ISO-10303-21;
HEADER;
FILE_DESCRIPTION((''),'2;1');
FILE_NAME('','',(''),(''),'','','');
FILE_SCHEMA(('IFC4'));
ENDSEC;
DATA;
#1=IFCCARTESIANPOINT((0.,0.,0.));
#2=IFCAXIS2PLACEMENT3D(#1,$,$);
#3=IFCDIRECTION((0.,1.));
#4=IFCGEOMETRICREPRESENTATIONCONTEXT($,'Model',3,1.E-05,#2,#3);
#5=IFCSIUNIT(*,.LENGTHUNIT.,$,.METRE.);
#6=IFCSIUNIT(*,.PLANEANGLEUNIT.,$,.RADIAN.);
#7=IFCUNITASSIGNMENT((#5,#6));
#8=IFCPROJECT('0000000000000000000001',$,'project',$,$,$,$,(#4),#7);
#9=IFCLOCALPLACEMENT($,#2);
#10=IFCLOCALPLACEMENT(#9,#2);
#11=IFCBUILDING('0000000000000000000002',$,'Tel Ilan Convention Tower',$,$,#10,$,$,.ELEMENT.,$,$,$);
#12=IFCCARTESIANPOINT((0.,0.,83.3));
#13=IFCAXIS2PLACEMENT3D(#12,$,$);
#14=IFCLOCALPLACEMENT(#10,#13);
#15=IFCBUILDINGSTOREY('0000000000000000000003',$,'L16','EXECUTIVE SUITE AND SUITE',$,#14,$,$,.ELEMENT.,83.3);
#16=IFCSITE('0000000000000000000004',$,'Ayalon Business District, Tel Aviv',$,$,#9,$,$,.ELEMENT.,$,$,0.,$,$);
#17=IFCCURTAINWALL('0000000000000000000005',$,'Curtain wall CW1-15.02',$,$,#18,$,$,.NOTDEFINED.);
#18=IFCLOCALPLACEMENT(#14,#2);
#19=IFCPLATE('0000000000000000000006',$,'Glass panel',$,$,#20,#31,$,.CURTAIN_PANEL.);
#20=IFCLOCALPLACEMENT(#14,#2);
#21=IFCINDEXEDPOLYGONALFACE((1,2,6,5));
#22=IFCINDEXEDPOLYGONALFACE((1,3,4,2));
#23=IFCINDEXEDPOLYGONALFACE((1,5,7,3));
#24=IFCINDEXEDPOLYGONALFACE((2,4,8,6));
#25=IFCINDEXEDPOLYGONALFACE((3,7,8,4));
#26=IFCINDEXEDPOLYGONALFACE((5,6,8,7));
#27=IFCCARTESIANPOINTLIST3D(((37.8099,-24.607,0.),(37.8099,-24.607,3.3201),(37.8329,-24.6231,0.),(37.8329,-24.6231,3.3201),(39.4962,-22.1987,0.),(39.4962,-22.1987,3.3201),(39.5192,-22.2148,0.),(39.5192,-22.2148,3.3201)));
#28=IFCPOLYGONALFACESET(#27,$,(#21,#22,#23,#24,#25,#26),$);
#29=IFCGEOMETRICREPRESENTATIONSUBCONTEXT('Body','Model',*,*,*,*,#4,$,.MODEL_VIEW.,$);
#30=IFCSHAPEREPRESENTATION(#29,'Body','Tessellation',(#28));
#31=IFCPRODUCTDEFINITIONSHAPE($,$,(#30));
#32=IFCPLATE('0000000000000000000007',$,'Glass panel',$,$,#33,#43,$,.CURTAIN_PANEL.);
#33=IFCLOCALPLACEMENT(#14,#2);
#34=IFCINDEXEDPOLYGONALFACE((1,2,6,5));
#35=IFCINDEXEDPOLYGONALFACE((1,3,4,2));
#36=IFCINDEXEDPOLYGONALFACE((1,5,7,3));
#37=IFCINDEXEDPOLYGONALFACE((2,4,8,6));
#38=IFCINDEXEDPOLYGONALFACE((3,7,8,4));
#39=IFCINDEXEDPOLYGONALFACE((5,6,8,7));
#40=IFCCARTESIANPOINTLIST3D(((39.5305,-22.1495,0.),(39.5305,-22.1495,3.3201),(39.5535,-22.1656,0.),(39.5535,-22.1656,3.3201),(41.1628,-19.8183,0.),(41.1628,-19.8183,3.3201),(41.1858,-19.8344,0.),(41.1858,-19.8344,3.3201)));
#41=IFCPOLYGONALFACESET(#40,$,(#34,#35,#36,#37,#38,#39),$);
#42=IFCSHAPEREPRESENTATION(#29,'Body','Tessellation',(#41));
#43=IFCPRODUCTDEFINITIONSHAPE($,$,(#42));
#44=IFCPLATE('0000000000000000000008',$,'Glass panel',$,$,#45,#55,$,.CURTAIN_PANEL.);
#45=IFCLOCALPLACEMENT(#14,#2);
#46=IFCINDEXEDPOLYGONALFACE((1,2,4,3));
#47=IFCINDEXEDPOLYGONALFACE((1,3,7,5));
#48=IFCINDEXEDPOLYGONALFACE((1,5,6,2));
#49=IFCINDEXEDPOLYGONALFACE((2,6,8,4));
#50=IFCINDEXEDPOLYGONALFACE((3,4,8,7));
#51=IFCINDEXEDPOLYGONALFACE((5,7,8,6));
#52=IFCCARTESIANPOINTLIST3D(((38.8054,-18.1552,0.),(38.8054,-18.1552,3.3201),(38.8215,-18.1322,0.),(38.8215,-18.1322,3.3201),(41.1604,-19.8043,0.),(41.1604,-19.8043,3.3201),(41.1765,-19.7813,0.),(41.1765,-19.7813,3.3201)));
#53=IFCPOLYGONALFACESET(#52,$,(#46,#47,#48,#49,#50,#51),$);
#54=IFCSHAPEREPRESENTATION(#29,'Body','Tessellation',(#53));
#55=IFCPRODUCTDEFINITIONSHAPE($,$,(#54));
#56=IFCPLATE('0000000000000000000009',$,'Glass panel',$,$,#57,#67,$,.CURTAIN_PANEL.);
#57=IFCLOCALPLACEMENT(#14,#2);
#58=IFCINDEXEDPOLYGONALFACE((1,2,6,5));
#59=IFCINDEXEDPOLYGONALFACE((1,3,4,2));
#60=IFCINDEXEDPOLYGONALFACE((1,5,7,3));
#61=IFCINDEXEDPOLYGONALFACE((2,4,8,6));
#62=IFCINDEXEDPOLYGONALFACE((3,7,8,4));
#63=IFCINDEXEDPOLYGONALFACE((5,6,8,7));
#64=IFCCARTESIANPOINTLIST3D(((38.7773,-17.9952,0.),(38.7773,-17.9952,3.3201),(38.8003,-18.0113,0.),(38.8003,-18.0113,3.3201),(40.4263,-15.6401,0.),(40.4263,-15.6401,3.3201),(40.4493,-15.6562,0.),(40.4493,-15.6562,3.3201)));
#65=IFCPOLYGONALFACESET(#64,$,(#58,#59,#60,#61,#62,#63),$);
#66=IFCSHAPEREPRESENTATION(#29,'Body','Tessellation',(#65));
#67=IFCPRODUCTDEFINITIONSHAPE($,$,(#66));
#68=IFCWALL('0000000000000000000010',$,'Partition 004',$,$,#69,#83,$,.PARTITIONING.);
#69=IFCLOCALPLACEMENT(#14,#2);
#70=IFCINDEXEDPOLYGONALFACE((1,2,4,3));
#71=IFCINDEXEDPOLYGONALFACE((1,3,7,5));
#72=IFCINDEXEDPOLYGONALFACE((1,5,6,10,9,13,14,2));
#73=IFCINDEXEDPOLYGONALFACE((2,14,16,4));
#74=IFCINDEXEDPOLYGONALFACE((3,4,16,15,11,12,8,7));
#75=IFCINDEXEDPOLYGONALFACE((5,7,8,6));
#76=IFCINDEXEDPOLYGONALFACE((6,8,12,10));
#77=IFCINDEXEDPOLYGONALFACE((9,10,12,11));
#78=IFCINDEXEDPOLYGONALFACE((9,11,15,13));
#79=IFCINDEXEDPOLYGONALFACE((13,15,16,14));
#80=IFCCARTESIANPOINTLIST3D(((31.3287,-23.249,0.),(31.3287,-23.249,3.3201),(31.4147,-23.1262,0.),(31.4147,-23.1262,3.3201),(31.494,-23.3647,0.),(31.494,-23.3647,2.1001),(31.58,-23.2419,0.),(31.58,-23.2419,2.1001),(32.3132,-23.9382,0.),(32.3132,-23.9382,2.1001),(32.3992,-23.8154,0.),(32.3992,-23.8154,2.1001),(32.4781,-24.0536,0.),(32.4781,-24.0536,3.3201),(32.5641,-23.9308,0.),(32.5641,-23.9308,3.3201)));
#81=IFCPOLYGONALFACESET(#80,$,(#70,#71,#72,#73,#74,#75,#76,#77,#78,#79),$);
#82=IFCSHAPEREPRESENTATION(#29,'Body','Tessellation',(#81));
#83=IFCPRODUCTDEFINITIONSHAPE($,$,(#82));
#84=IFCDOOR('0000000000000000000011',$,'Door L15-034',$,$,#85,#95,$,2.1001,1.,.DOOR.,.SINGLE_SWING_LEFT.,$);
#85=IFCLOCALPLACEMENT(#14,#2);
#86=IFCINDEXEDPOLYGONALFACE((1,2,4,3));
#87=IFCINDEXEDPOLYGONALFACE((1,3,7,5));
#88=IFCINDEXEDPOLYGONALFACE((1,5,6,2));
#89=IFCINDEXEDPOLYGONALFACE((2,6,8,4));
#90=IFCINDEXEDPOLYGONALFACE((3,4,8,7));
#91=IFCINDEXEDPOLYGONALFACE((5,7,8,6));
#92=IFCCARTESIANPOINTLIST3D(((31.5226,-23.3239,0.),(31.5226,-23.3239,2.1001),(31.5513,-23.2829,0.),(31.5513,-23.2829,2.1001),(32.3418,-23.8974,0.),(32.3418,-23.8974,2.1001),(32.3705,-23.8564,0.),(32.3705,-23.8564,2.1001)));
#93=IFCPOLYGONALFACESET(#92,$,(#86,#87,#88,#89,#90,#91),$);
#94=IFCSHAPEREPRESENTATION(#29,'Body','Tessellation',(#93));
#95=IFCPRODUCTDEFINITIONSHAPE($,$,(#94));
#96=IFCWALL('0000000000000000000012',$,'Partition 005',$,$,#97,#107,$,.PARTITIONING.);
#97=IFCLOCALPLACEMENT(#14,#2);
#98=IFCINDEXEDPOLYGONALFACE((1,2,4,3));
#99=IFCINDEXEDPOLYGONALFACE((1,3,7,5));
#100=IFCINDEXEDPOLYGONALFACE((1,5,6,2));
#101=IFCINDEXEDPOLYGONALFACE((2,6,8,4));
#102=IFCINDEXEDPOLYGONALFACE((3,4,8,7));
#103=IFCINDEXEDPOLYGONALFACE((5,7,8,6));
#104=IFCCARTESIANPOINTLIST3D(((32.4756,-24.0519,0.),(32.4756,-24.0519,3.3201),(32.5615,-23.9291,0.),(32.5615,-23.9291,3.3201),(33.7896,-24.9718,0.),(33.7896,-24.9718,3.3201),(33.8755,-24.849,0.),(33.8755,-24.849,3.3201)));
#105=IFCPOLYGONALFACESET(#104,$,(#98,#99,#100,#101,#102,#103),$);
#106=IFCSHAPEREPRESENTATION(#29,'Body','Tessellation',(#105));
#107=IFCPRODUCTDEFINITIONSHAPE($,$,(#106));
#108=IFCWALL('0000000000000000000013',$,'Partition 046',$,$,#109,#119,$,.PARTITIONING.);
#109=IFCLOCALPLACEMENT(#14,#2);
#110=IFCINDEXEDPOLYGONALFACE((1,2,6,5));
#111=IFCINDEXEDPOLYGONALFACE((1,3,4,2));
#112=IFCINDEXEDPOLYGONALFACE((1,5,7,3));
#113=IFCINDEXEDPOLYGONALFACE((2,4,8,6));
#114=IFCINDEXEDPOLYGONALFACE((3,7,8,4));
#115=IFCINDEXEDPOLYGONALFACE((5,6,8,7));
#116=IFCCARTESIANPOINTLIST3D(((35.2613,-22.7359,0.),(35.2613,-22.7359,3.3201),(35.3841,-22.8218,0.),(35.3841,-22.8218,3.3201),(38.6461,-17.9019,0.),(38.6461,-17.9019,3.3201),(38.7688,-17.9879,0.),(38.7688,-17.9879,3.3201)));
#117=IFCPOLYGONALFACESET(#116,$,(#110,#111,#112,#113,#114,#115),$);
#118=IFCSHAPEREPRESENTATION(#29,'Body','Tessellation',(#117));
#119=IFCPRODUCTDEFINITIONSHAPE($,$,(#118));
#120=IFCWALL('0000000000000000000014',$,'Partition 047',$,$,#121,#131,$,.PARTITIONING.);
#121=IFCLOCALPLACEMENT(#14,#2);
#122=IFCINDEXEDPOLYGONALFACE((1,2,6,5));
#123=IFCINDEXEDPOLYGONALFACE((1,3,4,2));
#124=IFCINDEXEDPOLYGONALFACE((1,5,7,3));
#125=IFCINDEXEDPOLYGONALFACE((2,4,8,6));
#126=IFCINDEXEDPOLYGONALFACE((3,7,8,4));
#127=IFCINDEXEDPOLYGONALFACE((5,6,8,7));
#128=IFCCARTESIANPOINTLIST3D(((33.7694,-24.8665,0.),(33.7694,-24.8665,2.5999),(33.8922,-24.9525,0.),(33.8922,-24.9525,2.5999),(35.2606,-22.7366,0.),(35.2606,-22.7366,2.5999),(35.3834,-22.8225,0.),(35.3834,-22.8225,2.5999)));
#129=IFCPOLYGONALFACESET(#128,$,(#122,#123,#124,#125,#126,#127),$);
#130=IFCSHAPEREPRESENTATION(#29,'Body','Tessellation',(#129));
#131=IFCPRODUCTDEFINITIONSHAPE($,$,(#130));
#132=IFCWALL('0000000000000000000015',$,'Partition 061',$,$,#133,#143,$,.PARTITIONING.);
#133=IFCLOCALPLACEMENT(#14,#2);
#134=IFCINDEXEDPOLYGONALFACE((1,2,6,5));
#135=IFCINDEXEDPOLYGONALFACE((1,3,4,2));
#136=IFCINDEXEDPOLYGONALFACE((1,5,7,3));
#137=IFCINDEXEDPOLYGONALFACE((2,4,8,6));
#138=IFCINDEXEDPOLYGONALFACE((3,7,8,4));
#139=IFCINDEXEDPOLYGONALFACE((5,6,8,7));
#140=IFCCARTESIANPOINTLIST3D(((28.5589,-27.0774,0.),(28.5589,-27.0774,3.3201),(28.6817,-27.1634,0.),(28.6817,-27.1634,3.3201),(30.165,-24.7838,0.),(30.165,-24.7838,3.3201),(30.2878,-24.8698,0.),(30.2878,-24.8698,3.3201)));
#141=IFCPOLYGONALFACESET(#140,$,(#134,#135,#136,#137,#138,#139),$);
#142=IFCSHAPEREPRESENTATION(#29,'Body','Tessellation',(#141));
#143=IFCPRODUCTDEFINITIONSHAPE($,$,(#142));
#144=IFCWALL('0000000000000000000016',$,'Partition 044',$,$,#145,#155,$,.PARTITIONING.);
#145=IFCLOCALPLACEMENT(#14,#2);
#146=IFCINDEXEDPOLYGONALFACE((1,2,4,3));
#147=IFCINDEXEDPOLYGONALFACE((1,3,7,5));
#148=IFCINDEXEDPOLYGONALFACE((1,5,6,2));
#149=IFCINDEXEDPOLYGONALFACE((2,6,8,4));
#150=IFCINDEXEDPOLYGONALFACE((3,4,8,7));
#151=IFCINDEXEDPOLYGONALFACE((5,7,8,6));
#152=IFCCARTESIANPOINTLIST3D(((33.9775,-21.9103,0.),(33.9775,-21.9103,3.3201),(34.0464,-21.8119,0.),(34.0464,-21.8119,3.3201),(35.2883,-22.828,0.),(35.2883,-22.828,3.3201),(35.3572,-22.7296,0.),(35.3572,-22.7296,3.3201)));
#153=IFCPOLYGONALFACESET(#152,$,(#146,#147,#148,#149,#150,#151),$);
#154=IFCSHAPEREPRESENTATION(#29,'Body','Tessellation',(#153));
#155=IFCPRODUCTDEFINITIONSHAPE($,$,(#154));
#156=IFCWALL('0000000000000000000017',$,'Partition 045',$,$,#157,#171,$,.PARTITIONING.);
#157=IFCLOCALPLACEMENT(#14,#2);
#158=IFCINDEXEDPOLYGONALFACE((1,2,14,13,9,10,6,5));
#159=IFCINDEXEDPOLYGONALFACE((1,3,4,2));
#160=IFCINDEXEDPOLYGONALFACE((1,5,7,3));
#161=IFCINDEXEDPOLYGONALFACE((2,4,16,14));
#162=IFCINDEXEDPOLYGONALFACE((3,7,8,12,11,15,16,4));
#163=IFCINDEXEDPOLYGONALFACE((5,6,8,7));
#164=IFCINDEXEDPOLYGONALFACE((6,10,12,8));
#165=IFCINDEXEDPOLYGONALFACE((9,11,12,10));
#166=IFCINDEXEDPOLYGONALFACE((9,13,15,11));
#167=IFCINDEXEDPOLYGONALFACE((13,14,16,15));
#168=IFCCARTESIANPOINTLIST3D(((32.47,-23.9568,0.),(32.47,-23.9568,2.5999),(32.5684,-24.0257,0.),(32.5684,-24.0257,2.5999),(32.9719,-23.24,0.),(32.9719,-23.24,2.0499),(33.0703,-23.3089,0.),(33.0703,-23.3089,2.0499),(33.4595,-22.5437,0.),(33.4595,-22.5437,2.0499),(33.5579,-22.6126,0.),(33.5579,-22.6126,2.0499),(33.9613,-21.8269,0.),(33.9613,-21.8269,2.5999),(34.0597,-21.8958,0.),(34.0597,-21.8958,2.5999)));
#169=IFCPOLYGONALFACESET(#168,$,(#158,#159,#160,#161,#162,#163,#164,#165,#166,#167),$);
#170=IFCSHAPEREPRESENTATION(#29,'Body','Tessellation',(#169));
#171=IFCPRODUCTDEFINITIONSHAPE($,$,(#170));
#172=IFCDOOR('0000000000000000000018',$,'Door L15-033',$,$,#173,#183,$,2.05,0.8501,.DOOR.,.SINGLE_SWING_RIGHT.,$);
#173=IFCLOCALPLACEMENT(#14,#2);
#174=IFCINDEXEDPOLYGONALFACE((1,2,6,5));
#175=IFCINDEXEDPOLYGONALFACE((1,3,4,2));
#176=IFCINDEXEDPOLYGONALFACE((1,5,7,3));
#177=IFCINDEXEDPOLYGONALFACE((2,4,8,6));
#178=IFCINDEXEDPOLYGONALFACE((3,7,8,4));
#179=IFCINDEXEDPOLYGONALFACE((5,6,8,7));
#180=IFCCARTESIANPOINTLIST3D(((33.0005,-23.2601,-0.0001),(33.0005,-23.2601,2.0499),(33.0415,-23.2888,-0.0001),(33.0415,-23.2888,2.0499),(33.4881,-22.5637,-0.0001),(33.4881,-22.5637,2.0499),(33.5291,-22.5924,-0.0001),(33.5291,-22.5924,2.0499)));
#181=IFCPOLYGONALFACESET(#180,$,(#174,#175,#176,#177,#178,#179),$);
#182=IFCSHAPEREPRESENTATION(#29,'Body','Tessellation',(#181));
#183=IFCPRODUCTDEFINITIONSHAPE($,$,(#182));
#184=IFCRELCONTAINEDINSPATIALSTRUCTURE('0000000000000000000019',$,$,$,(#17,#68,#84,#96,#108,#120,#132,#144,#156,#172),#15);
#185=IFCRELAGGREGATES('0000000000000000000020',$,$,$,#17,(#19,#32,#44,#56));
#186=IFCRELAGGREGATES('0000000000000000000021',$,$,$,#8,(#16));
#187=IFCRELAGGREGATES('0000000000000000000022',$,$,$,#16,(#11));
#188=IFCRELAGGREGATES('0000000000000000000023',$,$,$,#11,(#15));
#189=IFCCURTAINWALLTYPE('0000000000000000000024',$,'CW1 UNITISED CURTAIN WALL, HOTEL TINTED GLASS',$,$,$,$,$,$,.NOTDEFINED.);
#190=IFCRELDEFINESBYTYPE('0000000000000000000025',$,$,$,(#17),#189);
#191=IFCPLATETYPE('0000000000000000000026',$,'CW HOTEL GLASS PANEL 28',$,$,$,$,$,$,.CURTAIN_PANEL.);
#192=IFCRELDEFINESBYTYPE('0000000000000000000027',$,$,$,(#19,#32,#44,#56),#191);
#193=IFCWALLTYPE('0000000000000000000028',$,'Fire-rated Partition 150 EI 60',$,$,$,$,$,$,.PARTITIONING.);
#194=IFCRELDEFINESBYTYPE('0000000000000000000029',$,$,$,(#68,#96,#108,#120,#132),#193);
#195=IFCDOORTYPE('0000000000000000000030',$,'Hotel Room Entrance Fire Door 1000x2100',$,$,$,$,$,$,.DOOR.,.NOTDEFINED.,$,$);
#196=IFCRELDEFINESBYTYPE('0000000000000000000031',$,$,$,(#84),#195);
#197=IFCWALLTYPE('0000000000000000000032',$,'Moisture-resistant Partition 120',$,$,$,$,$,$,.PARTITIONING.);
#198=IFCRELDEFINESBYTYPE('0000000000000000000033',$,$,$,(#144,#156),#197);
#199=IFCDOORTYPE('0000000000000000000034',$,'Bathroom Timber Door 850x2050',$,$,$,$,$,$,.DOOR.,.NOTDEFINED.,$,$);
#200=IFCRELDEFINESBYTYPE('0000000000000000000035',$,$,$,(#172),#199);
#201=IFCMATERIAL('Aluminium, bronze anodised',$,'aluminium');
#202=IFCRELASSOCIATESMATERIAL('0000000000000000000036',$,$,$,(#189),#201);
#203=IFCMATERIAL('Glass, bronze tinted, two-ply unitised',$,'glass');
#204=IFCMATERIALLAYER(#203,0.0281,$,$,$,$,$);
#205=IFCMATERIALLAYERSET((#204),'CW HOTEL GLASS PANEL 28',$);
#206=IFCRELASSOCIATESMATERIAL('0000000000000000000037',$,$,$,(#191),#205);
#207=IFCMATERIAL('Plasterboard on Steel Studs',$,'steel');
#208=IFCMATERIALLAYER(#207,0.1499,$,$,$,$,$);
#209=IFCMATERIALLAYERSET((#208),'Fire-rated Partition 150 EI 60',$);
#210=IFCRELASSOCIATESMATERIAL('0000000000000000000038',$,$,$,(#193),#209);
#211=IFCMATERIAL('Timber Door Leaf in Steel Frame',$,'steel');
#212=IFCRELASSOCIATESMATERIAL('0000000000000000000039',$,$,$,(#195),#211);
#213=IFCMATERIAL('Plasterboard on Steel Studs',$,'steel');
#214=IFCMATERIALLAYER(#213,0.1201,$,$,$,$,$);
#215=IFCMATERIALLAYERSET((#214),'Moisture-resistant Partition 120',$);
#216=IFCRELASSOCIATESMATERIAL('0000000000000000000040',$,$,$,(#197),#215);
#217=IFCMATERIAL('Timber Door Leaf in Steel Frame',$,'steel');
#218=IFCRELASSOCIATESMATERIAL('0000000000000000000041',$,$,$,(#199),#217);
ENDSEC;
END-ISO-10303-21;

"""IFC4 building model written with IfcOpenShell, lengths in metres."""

from ifc_helpers import new_model, si_unit, direction, frame, frame_2d, origin, origin_2d, place, context, subcontext, project, spatial, rectangle, extrude, material, layer, layer_set, type_object, element, fill, aggregate, save


model = new_model("IFC4")

# Units and contexts
model_context = context("Model", 3, precision=1e-05, world=origin(), true_north=direction((0.0, 1.0)))
body_context = subcontext(model_context, "Body", "Model", "MODEL_VIEW")
ifc_project = project(units=[si_unit("LENGTHUNIT", "METRE"), si_unit("PLANEANGLEUNIT", "RADIAN")], contexts=[model_context])

# Site, building, storey
site_placement = place(None, origin())
site = spatial("IfcSite", under=ifc_project, at=site_placement, Name="Ayalon Business District, Tel Aviv", CompositionType="ELEMENT", RefElevation=0.0)
building_placement = place(site_placement, origin())
building = spatial("IfcBuilding", under=site, at=building_placement, Name="Tel Ilan Convention Tower", CompositionType="ELEMENT")
storey_placement = place(building_placement, frame((0.0, 0.0, 83.3)))
storey = spatial("IfcBuildingStorey", under=building, at=storey_placement, Name="L16", Description="EXECUTIVE SUITE AND SUITE", CompositionType="ELEMENT", Elevation=83.3)

# Curtain wall, plates
ifc_material_1 = material(Name="Aluminium, bronze anodised", Category="aluminium")
curtain_wall_type = type_object("IfcCurtainWallType", Name="CW1 UNITISED CURTAIN WALL, HOTEL TINTED GLASS", PredefinedType="NOTDEFINED", material=ifc_material_1)
curtain_wall_placement = place(storey_placement, origin())
curtain_wall = element("IfcCurtainWall", 1, at=curtain_wall_placement, inside=storey, type_object=curtain_wall_type, Name="Curtain wall CW1-15.02", PredefinedType="NOTDEFINED")
ifc_material_2 = material(Name="Glass, bronze tinted, two-ply unitised", Category="glass")
ifc_layer_1 = layer(ifc_material_2, 0.0281)
ifc_layer_set_1 = layer_set([ifc_layer_1], Name="CW HOTEL GLASS PANEL 28")
plate_type = type_object("IfcPlateType", Name="CW HOTEL GLASS PANEL 28", PredefinedType="CURTAIN_PANEL", material=ifc_layer_set_1)
plate_1_placement = place(storey_placement, frame((38.6646, -23.4109, 0.0), z_axis=(0.0, 0.0, 1.0), x_axis=(0.573576, 0.819152, 0.0)))
plate_1 = element("IfcPlate", 2, at=plate_1_placement, type_object=plate_type, Name="Glass panel", PredefinedType="CURTAIN_PANEL", context=body_context, shape_type="SweptSolid", body=[
    extrude(rectangle(XDim=2.9399, YDim=0.0281, at=origin_2d()), origin(), (0.0, 0.0, 1.0), 3.3201),
])
plate_2_placement = place(storey_placement, frame((40.3582, -20.9919, 0.0), z_axis=(0.0, 0.0, 1.0), x_axis=(0.573576, 0.819152, 0.0)))
plate_2 = element("IfcPlate", 3, at=plate_2_placement, type_object=plate_type, Name="Glass panel", PredefinedType="CURTAIN_PANEL", context=body_context, shape_type="SweptSolid", body=[
    extrude(rectangle(XDim=2.8459, YDim=0.0281, at=origin_2d()), origin(), (0.0, 0.0, 1.0), 3.3201),
])
plate_3_placement = place(storey_placement, frame((39.991, -18.9683, 0.0), z_axis=(0.0, 0.0, 1.0), x_axis=(-0.819152, 0.573576, 0.0)))
plate_3 = element("IfcPlate", 4, at=plate_3_placement, type_object=plate_type, Name="Glass panel", PredefinedType="CURTAIN_PANEL", context=body_context, shape_type="SweptSolid", body=[
    extrude(rectangle(XDim=2.875, YDim=0.0281, at=origin_2d()), origin(), (0.0, 0.0, 1.0), 3.3201),
])
plate_4_placement = place(storey_placement, frame((39.6133, -16.8257, 0.0), z_axis=(0.0, 0.0, 1.0), x_axis=(0.573576, 0.819152, 0.0)))
plate_4 = element("IfcPlate", 5, at=plate_4_placement, type_object=plate_type, Name="Glass panel", PredefinedType="CURTAIN_PANEL", context=body_context, shape_type="SweptSolid", body=[
    extrude(rectangle(XDim=2.875, YDim=0.0281, at=origin_2d()), origin(), (0.0, 0.0, 1.0), 3.3201),
])
aggregate(curtain_wall, [plate_1, plate_2, plate_3, plate_4])

# Wall, opening, door
ifc_material_3 = material(Name="Plasterboard on Steel Studs", Category="steel")
ifc_layer_2 = layer(ifc_material_3, 0.1499)
ifc_layer_set_2 = layer_set([ifc_layer_2], Name="Fire-rated Partition 150 EI 60")
wall_type_1 = type_object("IfcWallType", Name="Fire-rated Partition 150 EI 60", PredefinedType="PARTITIONING", material=ifc_layer_set_2)
wall_1_placement = place(storey_placement, frame((31.3716, -23.1875, 0.0), z_axis=(0.0, 0.0, 1.0), x_axis=(0.819199, -0.573509, 0.0)))
wall_1 = element("IfcWall", 6, at=wall_1_placement, inside=storey, type_object=wall_type_1, Name="Partition 004", PredefinedType="PARTITIONING", context=body_context, shape_type="SweptSolid", body=[
    extrude(rectangle(XDim=1.4031, YDim=0.1499, at=frame_2d((0.7017, 0.0))), origin(), (0.0, 0.0, 1.0), 3.3201),
])
opening_1_placement = place(wall_1_placement, frame((0.2019, 0.0, 0.0)))
opening_1 = element("IfcOpeningElement", 7, at=opening_1_placement, cuts=wall_1, PredefinedType="OPENING", context=body_context, shape_type="SweptSolid", body=[
    extrude(rectangle(XDim=1.0, YDim=2.1001, at=frame_2d((0.5, 1.05))), frame((0.0, 0.085, 0.0), z_axis=(0.0, -1.0, 0.0), x_axis=(1.0, 0.0, 0.0)), (0.0, 0.0, 1.0), 0.1699),
])
ifc_material_4 = material(Name="Timber Door Leaf in Steel Frame", Category="steel")
door_type_1 = type_object("IfcDoorType", Name="Hotel Room Entrance Fire Door 1000x2100", OperationType="NOTDEFINED", PredefinedType="DOOR", material=ifc_material_4)
door_1_placement = place(opening_1_placement, origin())
door_1 = element("IfcDoor", 8, at=door_1_placement, inside=storey, type_object=door_type_1, Name="Door L15-034", OperationType="SINGLE_SWING_LEFT", OverallHeight=2.1001, OverallWidth=1.0, PredefinedType="DOOR", context=body_context, shape_type="SweptSolid", body=[
    extrude(rectangle(XDim=1.0, YDim=2.1001, at=frame_2d((0.5, 1.05))), frame((0.0, 0.0249, 0.0), z_axis=(0.0, -1.0, 0.0), x_axis=(1.0, 0.0, 0.0)), (0.0, 0.0, 1.0), 0.05),
])
fill(opening_1, door_1)

# Walls
wall_2_placement = place(storey_placement, frame((32.5186, -23.9905, 0.0), z_axis=(0.0, 0.0, 1.0), x_axis=(0.819189, -0.573524, 0.0)))
element("IfcWall", 9, at=wall_2_placement, inside=storey, type_object=wall_type_1, Name="Partition 005", PredefinedType="PARTITIONING", context=body_context, shape_type="SweptSolid", body=[
    extrude(rectangle(XDim=1.604, YDim=0.1499, at=frame_2d((0.802, 0.0))), origin(), (0.0, 0.0, 1.0), 3.3201),
])
wall_3_placement = place(storey_placement, frame((38.7075, -17.9448, 0.0), z_axis=(0.0, 0.0, 1.0), x_axis=(-0.573573, -0.819154, 0.0)))
element("IfcWall", 10, at=wall_3_placement, inside=storey, type_object=wall_type_1, Name="Partition 046", PredefinedType="PARTITIONING", context=body_context, shape_type="SweptSolid", body=[
    extrude(rectangle(XDim=5.9011, YDim=0.1499, at=frame_2d((2.9507, 0.0))), origin(), (0.0, 0.0, 1.0), 3.3201),
])
wall_4_placement = place(storey_placement, frame((35.322, -22.7795, 0.0), z_axis=(0.0, 0.0, 1.0), x_axis=(-0.573538, -0.819179, 0.0)))
element("IfcWall", 11, at=wall_4_placement, inside=storey, type_object=wall_type_1, Name="Partition 047", PredefinedType="PARTITIONING", context=body_context, shape_type="SweptSolid", body=[
    extrude(rectangle(XDim=2.6001, YDim=0.1499, at=frame_2d((1.3, 0.0))), origin(), (0.0, 0.0, 1.0), 2.5999),
])
wall_5_placement = place(storey_placement, frame((30.2263, -24.8269, 0.0), z_axis=(0.0, 0.0, 1.0), x_axis=(-0.573609, -0.81913, 0.0)))
element("IfcWall", 12, at=wall_5_placement, inside=storey, type_object=wall_type_1, Name="Partition 061", PredefinedType="PARTITIONING", context=body_context, shape_type="SweptSolid", body=[
    extrude(rectangle(XDim=2.8, YDim=0.1499, at=frame_2d((1.3999, 0.0))), origin(), (0.0, 0.0, 1.0), 3.3201),
])
ifc_material_5 = material(Name="Plasterboard on Steel Studs", Category="steel")
ifc_layer_3 = layer(ifc_material_5, 0.1201)
ifc_layer_set_3 = layer_set([ifc_layer_3], Name="Moisture-resistant Partition 120")
wall_type_2 = type_object("IfcWallType", Name="Moisture-resistant Partition 120", PredefinedType="PARTITIONING", material=ifc_layer_set_3)
wall_6_placement = place(storey_placement, frame((35.3228, -22.7788, 0.0), z_axis=(0.0, 0.0, 1.0), x_axis=(-0.819182, 0.573534, 0.0)))
element("IfcWall", 13, at=wall_6_placement, inside=storey, type_object=wall_type_2, Name="Partition 044", PredefinedType="PARTITIONING", context=body_context, shape_type="SweptSolid", body=[
    extrude(rectangle(XDim=1.6001, YDim=0.1201, at=frame_2d((0.8, 0.0))), origin(), (0.0, 0.0, 1.0), 3.3201),
])

# Wall, opening, door
wall_7_placement = place(storey_placement, frame((34.0105, -21.8613, 0.0), z_axis=(0.0, 0.0, 1.0), x_axis=(-0.573538, -0.819179, 0.0)))
wall_7 = element("IfcWall", 14, at=wall_7_placement, inside=storey, type_object=wall_type_2, Name="Partition 045", PredefinedType="PARTITIONING", context=body_context, shape_type="SweptSolid", body=[
    extrude(rectangle(XDim=2.6001, YDim=0.1201, at=frame_2d((1.3, 0.0))), origin(), (0.0, 0.0, 1.0), 2.5999),
])
opening_2_placement = place(wall_7_placement, frame((0.875, 0.0, 0.0)))
opening_2 = element("IfcOpeningElement", 15, at=opening_2_placement, cuts=wall_7, PredefinedType="OPENING", context=body_context, shape_type="SweptSolid", body=[
    extrude(rectangle(XDim=0.8501, YDim=2.05, at=frame_2d((0.425, 1.0249))), frame((0.0, 0.0701, 0.0), z_axis=(0.0, -1.0, 0.0), x_axis=(1.0, 0.0, 0.0)), (0.0, 0.0, 1.0), 0.1401),
])
ifc_material_6 = material(Name="Timber Door Leaf in Steel Frame", Category="steel")
door_type_2 = type_object("IfcDoorType", Name="Bathroom Timber Door 850x2050", OperationType="NOTDEFINED", PredefinedType="DOOR", material=ifc_material_6)
door_2_placement = place(opening_2_placement, origin())
door_2 = element("IfcDoor", 16, at=door_2_placement, inside=storey, type_object=door_type_2, Name="Door L15-033", OperationType="SINGLE_SWING_RIGHT", OverallHeight=2.05, OverallWidth=0.8501, PredefinedType="DOOR", context=body_context, shape_type="SweptSolid", body=[
    extrude(rectangle(XDim=0.8501, YDim=2.05, at=frame_2d((0.425, 1.0249))), frame((0.0, 0.0249, 0.0), z_axis=(0.0, -1.0, 0.0), x_axis=(1.0, 0.0, 0.0)), (0.0, 0.0, 1.0), 0.05),
])
fill(opening_2, door_2)

save(model, "model.ifc")
